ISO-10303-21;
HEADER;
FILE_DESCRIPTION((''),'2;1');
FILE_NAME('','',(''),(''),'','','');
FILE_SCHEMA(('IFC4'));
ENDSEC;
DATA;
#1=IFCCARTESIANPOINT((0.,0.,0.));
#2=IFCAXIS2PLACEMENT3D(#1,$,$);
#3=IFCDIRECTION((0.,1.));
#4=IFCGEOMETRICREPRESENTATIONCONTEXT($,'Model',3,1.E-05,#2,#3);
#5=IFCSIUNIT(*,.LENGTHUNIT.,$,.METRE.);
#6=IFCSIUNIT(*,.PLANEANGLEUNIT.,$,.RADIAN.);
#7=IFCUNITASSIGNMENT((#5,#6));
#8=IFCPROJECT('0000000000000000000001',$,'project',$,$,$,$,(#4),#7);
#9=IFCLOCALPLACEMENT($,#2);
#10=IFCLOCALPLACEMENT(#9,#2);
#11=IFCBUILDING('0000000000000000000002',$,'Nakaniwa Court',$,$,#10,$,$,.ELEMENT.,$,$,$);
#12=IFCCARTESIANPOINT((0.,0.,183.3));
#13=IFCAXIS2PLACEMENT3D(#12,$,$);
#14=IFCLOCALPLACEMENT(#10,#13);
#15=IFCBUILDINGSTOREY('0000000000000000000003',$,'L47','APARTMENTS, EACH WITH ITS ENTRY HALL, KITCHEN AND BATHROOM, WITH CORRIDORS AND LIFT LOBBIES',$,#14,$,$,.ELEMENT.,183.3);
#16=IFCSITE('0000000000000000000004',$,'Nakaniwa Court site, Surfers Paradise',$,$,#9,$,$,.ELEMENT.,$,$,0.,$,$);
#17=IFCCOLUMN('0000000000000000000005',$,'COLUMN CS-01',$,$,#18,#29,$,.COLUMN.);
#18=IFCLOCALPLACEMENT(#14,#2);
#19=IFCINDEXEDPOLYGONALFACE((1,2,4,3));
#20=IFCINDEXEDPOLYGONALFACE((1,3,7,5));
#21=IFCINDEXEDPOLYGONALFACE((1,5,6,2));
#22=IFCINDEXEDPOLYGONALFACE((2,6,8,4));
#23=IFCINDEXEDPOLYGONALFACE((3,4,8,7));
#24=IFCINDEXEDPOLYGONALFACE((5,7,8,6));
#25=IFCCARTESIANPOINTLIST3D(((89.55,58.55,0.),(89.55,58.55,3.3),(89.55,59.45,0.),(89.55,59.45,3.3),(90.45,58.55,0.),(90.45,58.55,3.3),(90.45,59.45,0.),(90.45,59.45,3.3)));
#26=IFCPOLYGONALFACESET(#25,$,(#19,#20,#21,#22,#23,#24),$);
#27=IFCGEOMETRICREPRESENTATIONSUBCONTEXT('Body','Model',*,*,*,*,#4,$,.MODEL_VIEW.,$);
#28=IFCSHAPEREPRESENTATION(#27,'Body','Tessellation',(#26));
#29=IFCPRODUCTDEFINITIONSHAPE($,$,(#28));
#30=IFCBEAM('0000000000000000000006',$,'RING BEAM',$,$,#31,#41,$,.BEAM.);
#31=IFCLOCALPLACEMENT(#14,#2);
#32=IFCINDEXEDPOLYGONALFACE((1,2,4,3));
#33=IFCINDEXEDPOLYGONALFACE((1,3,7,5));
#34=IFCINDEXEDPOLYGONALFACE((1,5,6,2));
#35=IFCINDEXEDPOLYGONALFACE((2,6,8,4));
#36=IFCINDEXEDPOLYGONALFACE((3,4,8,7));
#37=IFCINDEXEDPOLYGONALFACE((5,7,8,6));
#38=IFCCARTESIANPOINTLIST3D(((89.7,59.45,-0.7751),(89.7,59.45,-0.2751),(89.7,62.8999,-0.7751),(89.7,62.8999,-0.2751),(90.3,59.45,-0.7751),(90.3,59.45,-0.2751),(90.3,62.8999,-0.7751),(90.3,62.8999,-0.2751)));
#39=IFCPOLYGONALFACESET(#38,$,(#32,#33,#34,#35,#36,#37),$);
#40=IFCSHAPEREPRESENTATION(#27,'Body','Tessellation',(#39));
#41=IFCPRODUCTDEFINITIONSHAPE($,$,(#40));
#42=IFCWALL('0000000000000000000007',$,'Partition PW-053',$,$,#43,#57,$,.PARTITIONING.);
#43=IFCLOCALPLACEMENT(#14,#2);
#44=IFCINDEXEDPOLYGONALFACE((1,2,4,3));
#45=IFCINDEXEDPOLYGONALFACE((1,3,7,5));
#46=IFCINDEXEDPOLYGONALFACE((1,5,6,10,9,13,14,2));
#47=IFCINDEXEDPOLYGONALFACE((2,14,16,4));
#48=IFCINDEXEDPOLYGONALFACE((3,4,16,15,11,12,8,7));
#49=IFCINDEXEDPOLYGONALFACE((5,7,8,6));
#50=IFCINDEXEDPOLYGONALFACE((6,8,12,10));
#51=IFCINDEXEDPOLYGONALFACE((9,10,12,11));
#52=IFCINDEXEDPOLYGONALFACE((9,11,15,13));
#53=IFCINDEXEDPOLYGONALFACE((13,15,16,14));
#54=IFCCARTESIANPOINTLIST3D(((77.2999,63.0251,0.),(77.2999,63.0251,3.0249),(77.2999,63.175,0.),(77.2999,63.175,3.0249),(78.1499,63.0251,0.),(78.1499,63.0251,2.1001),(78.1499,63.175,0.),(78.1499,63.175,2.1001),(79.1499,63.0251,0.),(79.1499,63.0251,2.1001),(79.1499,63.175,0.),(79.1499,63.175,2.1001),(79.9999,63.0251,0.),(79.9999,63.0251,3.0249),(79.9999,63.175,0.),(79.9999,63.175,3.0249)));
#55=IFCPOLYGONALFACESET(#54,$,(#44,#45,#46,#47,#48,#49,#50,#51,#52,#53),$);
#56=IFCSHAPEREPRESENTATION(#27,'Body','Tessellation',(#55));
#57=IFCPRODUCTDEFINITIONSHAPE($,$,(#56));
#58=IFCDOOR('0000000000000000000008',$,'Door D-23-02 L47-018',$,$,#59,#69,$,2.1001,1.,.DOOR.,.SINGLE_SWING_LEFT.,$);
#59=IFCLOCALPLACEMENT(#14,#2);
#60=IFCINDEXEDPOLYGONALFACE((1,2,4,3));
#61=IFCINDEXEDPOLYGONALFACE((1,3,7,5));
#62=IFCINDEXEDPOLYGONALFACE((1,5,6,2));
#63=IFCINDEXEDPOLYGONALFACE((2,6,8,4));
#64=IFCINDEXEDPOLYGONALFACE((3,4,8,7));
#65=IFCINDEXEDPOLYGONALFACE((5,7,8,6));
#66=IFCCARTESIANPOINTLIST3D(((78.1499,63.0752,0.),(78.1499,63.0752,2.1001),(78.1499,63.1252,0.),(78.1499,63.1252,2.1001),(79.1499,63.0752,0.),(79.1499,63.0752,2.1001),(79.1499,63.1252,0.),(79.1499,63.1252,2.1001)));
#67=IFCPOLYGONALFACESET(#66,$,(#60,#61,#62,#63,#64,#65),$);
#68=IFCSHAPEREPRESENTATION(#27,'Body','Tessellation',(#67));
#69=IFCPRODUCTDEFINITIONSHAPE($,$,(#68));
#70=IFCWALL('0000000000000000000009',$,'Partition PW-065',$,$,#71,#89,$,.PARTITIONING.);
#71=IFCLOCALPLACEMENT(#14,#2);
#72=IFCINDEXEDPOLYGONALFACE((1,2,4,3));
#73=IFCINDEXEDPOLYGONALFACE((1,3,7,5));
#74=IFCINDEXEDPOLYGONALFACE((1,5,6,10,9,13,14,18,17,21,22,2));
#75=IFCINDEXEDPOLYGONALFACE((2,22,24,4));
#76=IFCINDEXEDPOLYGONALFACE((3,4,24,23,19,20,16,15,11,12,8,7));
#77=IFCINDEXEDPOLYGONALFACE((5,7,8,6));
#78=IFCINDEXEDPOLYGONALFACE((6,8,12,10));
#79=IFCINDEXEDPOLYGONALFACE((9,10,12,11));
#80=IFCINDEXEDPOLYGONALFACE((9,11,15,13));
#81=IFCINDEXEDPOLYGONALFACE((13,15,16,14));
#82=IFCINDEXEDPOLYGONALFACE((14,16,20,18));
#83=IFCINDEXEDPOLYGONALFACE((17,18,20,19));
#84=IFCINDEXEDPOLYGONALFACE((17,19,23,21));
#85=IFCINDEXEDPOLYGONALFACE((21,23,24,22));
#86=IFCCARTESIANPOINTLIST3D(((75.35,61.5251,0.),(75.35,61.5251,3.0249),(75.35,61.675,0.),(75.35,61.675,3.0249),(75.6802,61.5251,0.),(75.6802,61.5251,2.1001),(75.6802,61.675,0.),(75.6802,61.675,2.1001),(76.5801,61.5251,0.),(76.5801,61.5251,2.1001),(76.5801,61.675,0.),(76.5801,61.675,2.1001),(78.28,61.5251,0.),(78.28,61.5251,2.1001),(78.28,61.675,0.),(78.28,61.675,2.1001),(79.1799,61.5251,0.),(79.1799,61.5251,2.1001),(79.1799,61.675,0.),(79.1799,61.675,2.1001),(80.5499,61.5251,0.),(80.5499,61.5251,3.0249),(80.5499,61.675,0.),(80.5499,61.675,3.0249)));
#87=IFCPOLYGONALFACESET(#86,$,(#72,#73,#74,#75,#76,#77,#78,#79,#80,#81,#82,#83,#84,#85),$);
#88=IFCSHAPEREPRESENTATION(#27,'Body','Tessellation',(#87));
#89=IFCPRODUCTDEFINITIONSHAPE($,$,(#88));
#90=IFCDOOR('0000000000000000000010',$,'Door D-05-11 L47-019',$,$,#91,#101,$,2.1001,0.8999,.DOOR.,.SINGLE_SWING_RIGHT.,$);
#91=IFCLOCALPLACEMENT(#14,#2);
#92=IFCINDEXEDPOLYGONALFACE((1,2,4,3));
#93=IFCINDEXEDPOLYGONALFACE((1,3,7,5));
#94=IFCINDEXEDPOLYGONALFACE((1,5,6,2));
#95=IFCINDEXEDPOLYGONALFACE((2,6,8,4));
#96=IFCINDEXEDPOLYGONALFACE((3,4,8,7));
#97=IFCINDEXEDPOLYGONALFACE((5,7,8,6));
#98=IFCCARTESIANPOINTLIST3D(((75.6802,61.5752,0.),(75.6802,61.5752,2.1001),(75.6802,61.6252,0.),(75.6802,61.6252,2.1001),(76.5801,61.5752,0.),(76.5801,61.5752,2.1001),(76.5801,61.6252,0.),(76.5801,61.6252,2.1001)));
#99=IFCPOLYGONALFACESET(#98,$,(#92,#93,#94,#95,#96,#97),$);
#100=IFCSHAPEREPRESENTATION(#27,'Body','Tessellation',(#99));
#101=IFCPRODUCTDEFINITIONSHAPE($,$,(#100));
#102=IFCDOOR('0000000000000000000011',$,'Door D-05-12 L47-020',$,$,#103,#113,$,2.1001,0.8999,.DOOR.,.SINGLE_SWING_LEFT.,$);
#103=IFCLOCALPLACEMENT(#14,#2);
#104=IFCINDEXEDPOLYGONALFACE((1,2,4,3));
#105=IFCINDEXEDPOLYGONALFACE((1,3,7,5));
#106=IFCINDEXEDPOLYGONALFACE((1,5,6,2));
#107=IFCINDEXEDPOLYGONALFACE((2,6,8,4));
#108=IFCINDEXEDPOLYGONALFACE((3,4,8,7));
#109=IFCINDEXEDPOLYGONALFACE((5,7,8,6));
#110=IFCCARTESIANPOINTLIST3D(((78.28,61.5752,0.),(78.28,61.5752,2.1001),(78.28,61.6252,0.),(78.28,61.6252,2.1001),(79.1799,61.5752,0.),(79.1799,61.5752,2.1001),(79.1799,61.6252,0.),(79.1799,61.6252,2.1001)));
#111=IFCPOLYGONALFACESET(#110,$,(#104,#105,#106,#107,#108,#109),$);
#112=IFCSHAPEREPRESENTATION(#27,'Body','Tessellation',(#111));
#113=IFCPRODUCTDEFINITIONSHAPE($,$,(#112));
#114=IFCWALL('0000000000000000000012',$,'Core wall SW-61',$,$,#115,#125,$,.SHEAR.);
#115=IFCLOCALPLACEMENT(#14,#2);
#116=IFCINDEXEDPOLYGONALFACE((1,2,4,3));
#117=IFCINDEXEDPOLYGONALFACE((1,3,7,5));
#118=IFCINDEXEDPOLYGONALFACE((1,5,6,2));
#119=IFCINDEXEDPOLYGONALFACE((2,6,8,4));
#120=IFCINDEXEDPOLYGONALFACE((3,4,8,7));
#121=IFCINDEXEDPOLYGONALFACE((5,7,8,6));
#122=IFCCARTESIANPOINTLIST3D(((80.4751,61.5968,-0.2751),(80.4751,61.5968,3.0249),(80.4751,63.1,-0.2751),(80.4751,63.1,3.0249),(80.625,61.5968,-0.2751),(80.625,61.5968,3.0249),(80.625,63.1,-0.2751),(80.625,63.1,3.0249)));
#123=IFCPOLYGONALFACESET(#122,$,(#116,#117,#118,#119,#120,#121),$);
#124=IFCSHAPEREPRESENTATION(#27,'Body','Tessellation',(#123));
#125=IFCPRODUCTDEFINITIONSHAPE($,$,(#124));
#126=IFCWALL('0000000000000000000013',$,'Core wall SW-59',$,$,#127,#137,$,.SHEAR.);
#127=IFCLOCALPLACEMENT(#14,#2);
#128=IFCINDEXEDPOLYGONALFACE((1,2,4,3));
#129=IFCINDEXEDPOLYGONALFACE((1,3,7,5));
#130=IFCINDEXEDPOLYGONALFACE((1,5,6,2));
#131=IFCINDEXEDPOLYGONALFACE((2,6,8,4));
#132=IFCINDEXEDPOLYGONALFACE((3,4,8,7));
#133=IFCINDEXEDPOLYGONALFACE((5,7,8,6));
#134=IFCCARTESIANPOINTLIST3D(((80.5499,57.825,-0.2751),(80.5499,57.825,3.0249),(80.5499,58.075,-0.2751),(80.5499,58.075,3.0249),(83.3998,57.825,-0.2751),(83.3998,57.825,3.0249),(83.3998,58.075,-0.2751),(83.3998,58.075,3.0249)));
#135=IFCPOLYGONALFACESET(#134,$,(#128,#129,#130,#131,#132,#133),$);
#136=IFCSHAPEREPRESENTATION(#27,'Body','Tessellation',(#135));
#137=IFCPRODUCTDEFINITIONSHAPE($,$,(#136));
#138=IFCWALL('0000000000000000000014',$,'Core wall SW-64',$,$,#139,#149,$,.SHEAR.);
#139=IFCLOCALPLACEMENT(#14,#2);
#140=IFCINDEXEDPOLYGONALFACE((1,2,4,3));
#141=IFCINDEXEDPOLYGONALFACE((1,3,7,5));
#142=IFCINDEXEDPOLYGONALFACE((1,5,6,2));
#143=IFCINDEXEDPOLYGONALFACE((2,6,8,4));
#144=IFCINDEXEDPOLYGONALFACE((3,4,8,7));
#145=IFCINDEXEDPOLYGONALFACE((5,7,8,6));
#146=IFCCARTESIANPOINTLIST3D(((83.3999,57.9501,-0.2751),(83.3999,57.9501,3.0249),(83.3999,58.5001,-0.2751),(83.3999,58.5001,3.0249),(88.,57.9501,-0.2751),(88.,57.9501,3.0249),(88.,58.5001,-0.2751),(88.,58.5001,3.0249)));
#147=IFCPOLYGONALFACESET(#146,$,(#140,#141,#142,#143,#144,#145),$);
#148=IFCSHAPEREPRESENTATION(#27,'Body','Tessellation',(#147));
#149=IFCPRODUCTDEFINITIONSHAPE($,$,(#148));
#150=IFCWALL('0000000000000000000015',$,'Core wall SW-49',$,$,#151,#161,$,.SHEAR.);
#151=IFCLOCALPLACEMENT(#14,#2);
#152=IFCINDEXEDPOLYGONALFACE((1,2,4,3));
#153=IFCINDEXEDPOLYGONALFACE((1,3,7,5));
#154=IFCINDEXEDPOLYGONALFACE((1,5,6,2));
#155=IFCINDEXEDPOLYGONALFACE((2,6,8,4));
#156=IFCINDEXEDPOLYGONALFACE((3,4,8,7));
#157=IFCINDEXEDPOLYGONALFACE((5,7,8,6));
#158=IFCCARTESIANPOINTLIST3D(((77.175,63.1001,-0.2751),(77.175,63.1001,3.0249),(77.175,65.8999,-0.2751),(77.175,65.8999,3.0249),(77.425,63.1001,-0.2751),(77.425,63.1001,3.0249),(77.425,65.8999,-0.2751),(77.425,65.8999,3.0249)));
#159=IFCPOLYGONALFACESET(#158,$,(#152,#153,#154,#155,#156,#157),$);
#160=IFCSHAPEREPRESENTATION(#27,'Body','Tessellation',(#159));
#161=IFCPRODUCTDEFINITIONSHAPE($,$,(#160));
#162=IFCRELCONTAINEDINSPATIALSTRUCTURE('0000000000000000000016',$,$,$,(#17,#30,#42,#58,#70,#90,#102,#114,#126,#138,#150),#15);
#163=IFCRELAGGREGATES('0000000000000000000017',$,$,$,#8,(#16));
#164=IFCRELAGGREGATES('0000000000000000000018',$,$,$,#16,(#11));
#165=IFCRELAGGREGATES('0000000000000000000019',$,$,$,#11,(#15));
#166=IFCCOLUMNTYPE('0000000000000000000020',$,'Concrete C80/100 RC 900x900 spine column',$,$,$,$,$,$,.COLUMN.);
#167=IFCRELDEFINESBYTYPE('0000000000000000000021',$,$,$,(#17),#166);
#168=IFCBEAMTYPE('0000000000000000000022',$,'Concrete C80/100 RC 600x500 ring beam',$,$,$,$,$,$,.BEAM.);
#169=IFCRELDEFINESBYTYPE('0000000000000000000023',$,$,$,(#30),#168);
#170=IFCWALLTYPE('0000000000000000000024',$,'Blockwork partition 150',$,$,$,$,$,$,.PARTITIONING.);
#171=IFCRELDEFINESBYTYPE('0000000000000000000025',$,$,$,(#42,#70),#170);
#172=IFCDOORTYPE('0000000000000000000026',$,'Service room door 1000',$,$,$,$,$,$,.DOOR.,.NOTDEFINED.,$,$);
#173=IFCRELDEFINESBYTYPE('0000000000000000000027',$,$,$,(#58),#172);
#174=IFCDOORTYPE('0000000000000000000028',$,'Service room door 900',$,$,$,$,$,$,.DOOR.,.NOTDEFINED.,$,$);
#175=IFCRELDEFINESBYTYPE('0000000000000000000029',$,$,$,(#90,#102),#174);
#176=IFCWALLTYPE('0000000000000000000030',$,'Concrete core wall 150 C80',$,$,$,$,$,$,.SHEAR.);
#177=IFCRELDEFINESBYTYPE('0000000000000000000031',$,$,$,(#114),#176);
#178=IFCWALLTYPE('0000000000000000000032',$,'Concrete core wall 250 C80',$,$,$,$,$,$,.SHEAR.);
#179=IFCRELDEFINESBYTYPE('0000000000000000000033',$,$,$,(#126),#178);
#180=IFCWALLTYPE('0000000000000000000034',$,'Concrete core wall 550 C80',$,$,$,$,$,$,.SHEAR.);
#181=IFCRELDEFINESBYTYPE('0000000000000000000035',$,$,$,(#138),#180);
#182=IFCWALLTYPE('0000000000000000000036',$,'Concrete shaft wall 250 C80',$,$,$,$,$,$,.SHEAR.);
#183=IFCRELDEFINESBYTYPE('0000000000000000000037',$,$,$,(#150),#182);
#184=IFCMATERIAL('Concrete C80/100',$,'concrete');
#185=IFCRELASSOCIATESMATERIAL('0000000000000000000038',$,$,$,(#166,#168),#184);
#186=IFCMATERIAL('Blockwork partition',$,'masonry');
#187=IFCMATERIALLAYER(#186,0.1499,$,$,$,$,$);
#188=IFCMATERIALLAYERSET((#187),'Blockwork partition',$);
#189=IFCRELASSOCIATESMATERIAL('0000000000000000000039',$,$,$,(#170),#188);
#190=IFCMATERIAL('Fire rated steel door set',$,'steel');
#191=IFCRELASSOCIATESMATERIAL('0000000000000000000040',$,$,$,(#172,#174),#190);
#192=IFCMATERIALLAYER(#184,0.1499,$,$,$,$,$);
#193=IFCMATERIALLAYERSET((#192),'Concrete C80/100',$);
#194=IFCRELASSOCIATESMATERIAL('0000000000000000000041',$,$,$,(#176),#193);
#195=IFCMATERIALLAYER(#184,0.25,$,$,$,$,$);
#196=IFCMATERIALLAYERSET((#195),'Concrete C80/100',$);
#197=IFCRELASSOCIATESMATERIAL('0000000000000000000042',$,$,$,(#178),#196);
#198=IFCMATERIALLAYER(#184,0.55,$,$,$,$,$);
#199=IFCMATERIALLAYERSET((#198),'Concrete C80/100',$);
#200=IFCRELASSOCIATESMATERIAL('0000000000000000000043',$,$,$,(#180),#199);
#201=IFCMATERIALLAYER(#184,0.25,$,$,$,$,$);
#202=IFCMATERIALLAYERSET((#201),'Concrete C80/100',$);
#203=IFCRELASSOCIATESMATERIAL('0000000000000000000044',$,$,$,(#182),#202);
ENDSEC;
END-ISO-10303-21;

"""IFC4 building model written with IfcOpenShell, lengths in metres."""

from ifc_helpers import new_model, si_unit, direction, frame, frame_2d, origin, origin_2d, place, context, subcontext, project, spatial, rectangle, extrude, material, layer, layer_set, material_profile, profile_set, type_object, element, fill, save


model = new_model("IFC4")

# Units and contexts
model_context = context("Model", 3, precision=1e-05, world=origin(), true_north=direction((0.0, 1.0)))
body_context = subcontext(model_context, "Body", "Model", "MODEL_VIEW")
ifc_project = project(units=[si_unit("LENGTHUNIT", "METRE"), si_unit("PLANEANGLEUNIT", "RADIAN")], contexts=[model_context])

# Site, building, storey
site_placement = place(None, origin())
site = spatial("IfcSite", under=ifc_project, at=site_placement, Name="Nakaniwa Court site, Surfers Paradise", CompositionType="ELEMENT", RefElevation=0.0)
building_placement = place(site_placement, origin())
building = spatial("IfcBuilding", under=site, at=building_placement, Name="Nakaniwa Court", CompositionType="ELEMENT")
storey_placement = place(building_placement, frame((0.0, 0.0, 183.3)))
storey = spatial("IfcBuildingStorey", under=building, at=storey_placement, Name="L47", Description="APARTMENTS, EACH WITH ITS ENTRY HALL, KITCHEN AND BATHROOM, WITH CORRIDORS AND LIFT LOBBIES", CompositionType="ELEMENT", Elevation=183.3)

# Column
ifc_material_1 = material(Name="Concrete C80/100", Category="concrete")
ifc_material_profile_1 = material_profile(ifc_material_1, rectangle(XDim=0.8999, YDim=0.8999, at=origin_2d()), Name="Concrete C80/100 RC 900x900 spine column")
ifc_profile_set_1 = profile_set([ifc_material_profile_1], Name="Concrete C80/100")
column_type = type_object("IfcColumnType", Name="Concrete C80/100 RC 900x900 spine column", PredefinedType="COLUMN", material=ifc_profile_set_1)
column_placement = place(storey_placement, frame((90.0, 59.0, 0.0), z_axis=(0.0, 0.0, 1.0), x_axis=(0.0, 1.0, 0.0)))
element("IfcColumn", 1, at=column_placement, inside=storey, type_object=column_type, Name="COLUMN CS-01", PredefinedType="COLUMN", context=body_context, shape_type="SweptSolid", body=[
    extrude(rectangle(XDim=0.8999, YDim=0.8999, at=origin_2d()), origin(), (0.0, 0.0, 1.0), 3.3),
])

# Beam
ifc_material_profile_2 = material_profile(ifc_material_1, rectangle(XDim=0.6001, YDim=0.5, at=origin_2d()), Name="Concrete C80/100 RC 600x500 ring beam")
ifc_profile_set_2 = profile_set([ifc_material_profile_2], Name="Concrete C80/100")
beam_type = type_object("IfcBeamType", Name="Concrete C80/100 RC 600x500 ring beam", PredefinedType="BEAM", material=ifc_profile_set_2)
beam_placement = place(storey_placement, frame((90.0, 59.45, -0.5251), z_axis=(0.0, 1.0, 0.0), x_axis=(-1.0, 0.0, 0.0)))
element("IfcBeam", 2, at=beam_placement, inside=storey, type_object=beam_type, Name="RING BEAM", PredefinedType="BEAM", context=body_context, shape_type="SweptSolid", body=[
    extrude(rectangle(XDim=0.6001, YDim=0.5, at=origin_2d()), origin(), (0.0, 0.0, 1.0), 3.45),
])

# Wall, opening, door
ifc_material_2 = material(Name="Blockwork partition", Category="masonry")
ifc_layer_1 = layer(ifc_material_2, 0.1499)
ifc_layer_set_1 = layer_set([ifc_layer_1], Name="Blockwork partition")
wall_type_1 = type_object("IfcWallType", Name="Blockwork partition 150", PredefinedType="PARTITIONING", material=ifc_layer_set_1)
wall_1_placement = place(storey_placement, frame((80.0, 63.1001, 0.0), z_axis=(0.0, 0.0, 1.0), x_axis=(-1.0, 0.0, 0.0)))
wall_1 = element("IfcWall", 3, at=wall_1_placement, inside=storey, type_object=wall_type_1, Name="Partition PW-053", PredefinedType="PARTITIONING", context=body_context, shape_type="SweptSolid", body=[
    extrude(rectangle(XDim=2.7, YDim=0.1499, at=frame_2d((1.3501, 0.0))), origin(), (0.0, 0.0, 1.0), 3.0249),
])
opening_1_placement = place(wall_1_placement, frame((0.8501, 0.0, 0.0)))
opening_1 = element("IfcOpeningElement", 4, at=opening_1_placement, cuts=wall_1, PredefinedType="OPENING", context=body_context, shape_type="SweptSolid", body=[
    extrude(rectangle(XDim=1.0, YDim=2.1001, at=frame_2d((0.5, 1.05))), frame((0.0, 0.085, 0.0), z_axis=(0.0, -1.0, 0.0), x_axis=(1.0, 0.0, 0.0)), (0.0, 0.0, 1.0), 0.1699),
])
ifc_material_3 = material(Name="Fire rated steel door set", Category="steel")
door_type_1 = type_object("IfcDoorType", Name="Service room door 1000", OperationType="NOTDEFINED", PredefinedType="DOOR", material=ifc_material_3)
door_1_placement = place(opening_1_placement, origin())
door_1 = element("IfcDoor", 5, at=door_1_placement, inside=storey, type_object=door_type_1, Name="Door D-23-02 L47-018", OperationType="SINGLE_SWING_LEFT", OverallHeight=2.1001, OverallWidth=1.0, PredefinedType="DOOR", context=body_context, shape_type="SweptSolid", body=[
    extrude(rectangle(XDim=1.0, YDim=2.1001, at=frame_2d((0.5, 1.05))), frame((0.0, 0.0249, 0.0), z_axis=(0.0, -1.0, 0.0), x_axis=(1.0, 0.0, 0.0)), (0.0, 0.0, 1.0), 0.05),
])
fill(opening_1, door_1)

# Wall, openings, doors
wall_2_placement = place(storey_placement, frame((80.55, 61.6001, 0.0), z_axis=(0.0, 0.0, 1.0), x_axis=(-1.0, 0.0, 0.0)))
wall_2 = element("IfcWall", 6, at=wall_2_placement, inside=storey, type_object=wall_type_1, Name="Partition PW-065", PredefinedType="PARTITIONING", context=body_context, shape_type="SweptSolid", body=[
    extrude(rectangle(XDim=5.2, YDim=0.1499, at=frame_2d((2.6001, 0.0))), origin(), (0.0, 0.0, 1.0), 3.0249),
])
opening_2_placement = place(wall_2_placement, frame((3.97, 0.0, 0.0)))
opening_2 = element("IfcOpeningElement", 7, at=opening_2_placement, cuts=wall_2, PredefinedType="OPENING", context=body_context, shape_type="SweptSolid", body=[
    extrude(rectangle(XDim=0.8999, YDim=2.1001, at=frame_2d((0.45, 1.05))), frame((0.0, 0.085, 0.0), z_axis=(0.0, -1.0, 0.0), x_axis=(1.0, 0.0, 0.0)), (0.0, 0.0, 1.0), 0.1699),
])
opening_3_placement = place(wall_2_placement, frame((1.3701, 0.0, 0.0)))
opening_3 = element("IfcOpeningElement", 8, at=opening_3_placement, cuts=wall_2, PredefinedType="OPENING", context=body_context, shape_type="SweptSolid", body=[
    extrude(rectangle(XDim=0.8999, YDim=2.1001, at=frame_2d((0.45, 1.05))), frame((0.0, 0.085, 0.0), z_axis=(0.0, -1.0, 0.0), x_axis=(1.0, 0.0, 0.0)), (0.0, 0.0, 1.0), 0.1699),
])
door_type_2 = type_object("IfcDoorType", Name="Service room door 900", OperationType="NOTDEFINED", PredefinedType="DOOR", material=ifc_material_3)
door_2_placement = place(opening_2_placement, origin())
door_2 = element("IfcDoor", 9, at=door_2_placement, inside=storey, type_object=door_type_2, Name="Door D-05-11 L47-019", OperationType="SINGLE_SWING_RIGHT", OverallHeight=2.1001, OverallWidth=0.8999, PredefinedType="DOOR", context=body_context, shape_type="SweptSolid", body=[
    extrude(rectangle(XDim=0.8999, YDim=2.1001, at=frame_2d((0.45, 1.05))), frame((0.0, 0.0249, 0.0), z_axis=(0.0, -1.0, 0.0), x_axis=(1.0, 0.0, 0.0)), (0.0, 0.0, 1.0), 0.05),
])
fill(opening_2, door_2)
door_3_placement = place(opening_3_placement, origin())
door_3 = element("IfcDoor", 10, at=door_3_placement, inside=storey, type_object=door_type_2, Name="Door D-05-12 L47-020", OperationType="SINGLE_SWING_LEFT", OverallHeight=2.1001, OverallWidth=0.8999, PredefinedType="DOOR", context=body_context, shape_type="SweptSolid", body=[
    extrude(rectangle(XDim=0.8999, YDim=2.1001, at=frame_2d((0.45, 1.05))), frame((0.0, 0.0249, 0.0), z_axis=(0.0, -1.0, 0.0), x_axis=(1.0, 0.0, 0.0)), (0.0, 0.0, 1.0), 0.05),
])
fill(opening_3, door_3)

# Walls
ifc_layer_2 = layer(ifc_material_1, 0.1499)
ifc_layer_set_2 = layer_set([ifc_layer_2], Name="Concrete C80/100")
wall_type_2 = type_object("IfcWallType", Name="Concrete core wall 150 C80", PredefinedType="SHEAR", material=ifc_layer_set_2)
wall_3_placement = place(storey_placement, frame((80.55, 61.5969, -0.2751), z_axis=(0.0, 0.0, 1.0), x_axis=(0.0, 1.0, 0.0)))
element("IfcWall", 11, at=wall_3_placement, inside=storey, type_object=wall_type_2, Name="Core wall SW-61", PredefinedType="SHEAR", context=body_context, shape_type="SweptSolid", body=[
    extrude(rectangle(XDim=1.5032, YDim=0.1499, at=frame_2d((0.7515, 0.0))), origin(), (0.0, 0.0, 1.0), 3.3),
])
ifc_layer_3 = layer(ifc_material_1, 0.25)
ifc_layer_set_3 = layer_set([ifc_layer_3], Name="Concrete C80/100")
wall_type_3 = type_object("IfcWallType", Name="Concrete core wall 250 C80", PredefinedType="SHEAR", material=ifc_layer_set_3)
wall_4_placement = place(storey_placement, frame((80.55, 57.95, -0.2751), z_axis=(0.0, 0.0, 1.0), x_axis=(1.0, 0.0, 0.0)))
element("IfcWall", 12, at=wall_4_placement, inside=storey, type_object=wall_type_3, Name="Core wall SW-59", PredefinedType="SHEAR", context=body_context, shape_type="SweptSolid", body=[
    extrude(rectangle(XDim=2.8499, YDim=0.25, at=frame_2d((1.4248, 0.0))), origin(), (0.0, 0.0, 1.0), 3.3),
])
ifc_layer_4 = layer(ifc_material_1, 0.55)
ifc_layer_set_4 = layer_set([ifc_layer_4], Name="Concrete C80/100")
wall_type_4 = type_object("IfcWallType", Name="Concrete core wall 550 C80", PredefinedType="SHEAR", material=ifc_layer_set_4)
wall_5_placement = place(storey_placement, frame((83.3999, 58.2251, -0.2751), z_axis=(0.0, 0.0, 1.0), x_axis=(1.0, 0.0, 0.0)))
element("IfcWall", 13, at=wall_5_placement, inside=storey, type_object=wall_type_4, Name="Core wall SW-64", PredefinedType="SHEAR", context=body_context, shape_type="SweptSolid", body=[
    extrude(rectangle(XDim=4.6001, YDim=0.55, at=frame_2d((2.3, 0.0))), origin(), (0.0, 0.0, 1.0), 3.3),
])
ifc_layer_5 = layer(ifc_material_1, 0.25)
ifc_layer_set_5 = layer_set([ifc_layer_5], Name="Concrete C80/100")
wall_type_5 = type_object("IfcWallType", Name="Concrete shaft wall 250 C80", PredefinedType="SHEAR", material=ifc_layer_set_5)
wall_6_placement = place(storey_placement, frame((77.3, 63.1001, -0.2751), z_axis=(0.0, 0.0, 1.0), x_axis=(0.0, 1.0, 0.0)))
element("IfcWall", 14, at=wall_6_placement, inside=storey, type_object=wall_type_5, Name="Core wall SW-49", PredefinedType="SHEAR", context=body_context, shape_type="SweptSolid", body=[
    extrude(rectangle(XDim=2.7998, YDim=0.25, at=frame_2d((1.3999, 0.0))), origin(), (0.0, 0.0, 1.0), 3.3),
])

save(model, "model.ifc")
